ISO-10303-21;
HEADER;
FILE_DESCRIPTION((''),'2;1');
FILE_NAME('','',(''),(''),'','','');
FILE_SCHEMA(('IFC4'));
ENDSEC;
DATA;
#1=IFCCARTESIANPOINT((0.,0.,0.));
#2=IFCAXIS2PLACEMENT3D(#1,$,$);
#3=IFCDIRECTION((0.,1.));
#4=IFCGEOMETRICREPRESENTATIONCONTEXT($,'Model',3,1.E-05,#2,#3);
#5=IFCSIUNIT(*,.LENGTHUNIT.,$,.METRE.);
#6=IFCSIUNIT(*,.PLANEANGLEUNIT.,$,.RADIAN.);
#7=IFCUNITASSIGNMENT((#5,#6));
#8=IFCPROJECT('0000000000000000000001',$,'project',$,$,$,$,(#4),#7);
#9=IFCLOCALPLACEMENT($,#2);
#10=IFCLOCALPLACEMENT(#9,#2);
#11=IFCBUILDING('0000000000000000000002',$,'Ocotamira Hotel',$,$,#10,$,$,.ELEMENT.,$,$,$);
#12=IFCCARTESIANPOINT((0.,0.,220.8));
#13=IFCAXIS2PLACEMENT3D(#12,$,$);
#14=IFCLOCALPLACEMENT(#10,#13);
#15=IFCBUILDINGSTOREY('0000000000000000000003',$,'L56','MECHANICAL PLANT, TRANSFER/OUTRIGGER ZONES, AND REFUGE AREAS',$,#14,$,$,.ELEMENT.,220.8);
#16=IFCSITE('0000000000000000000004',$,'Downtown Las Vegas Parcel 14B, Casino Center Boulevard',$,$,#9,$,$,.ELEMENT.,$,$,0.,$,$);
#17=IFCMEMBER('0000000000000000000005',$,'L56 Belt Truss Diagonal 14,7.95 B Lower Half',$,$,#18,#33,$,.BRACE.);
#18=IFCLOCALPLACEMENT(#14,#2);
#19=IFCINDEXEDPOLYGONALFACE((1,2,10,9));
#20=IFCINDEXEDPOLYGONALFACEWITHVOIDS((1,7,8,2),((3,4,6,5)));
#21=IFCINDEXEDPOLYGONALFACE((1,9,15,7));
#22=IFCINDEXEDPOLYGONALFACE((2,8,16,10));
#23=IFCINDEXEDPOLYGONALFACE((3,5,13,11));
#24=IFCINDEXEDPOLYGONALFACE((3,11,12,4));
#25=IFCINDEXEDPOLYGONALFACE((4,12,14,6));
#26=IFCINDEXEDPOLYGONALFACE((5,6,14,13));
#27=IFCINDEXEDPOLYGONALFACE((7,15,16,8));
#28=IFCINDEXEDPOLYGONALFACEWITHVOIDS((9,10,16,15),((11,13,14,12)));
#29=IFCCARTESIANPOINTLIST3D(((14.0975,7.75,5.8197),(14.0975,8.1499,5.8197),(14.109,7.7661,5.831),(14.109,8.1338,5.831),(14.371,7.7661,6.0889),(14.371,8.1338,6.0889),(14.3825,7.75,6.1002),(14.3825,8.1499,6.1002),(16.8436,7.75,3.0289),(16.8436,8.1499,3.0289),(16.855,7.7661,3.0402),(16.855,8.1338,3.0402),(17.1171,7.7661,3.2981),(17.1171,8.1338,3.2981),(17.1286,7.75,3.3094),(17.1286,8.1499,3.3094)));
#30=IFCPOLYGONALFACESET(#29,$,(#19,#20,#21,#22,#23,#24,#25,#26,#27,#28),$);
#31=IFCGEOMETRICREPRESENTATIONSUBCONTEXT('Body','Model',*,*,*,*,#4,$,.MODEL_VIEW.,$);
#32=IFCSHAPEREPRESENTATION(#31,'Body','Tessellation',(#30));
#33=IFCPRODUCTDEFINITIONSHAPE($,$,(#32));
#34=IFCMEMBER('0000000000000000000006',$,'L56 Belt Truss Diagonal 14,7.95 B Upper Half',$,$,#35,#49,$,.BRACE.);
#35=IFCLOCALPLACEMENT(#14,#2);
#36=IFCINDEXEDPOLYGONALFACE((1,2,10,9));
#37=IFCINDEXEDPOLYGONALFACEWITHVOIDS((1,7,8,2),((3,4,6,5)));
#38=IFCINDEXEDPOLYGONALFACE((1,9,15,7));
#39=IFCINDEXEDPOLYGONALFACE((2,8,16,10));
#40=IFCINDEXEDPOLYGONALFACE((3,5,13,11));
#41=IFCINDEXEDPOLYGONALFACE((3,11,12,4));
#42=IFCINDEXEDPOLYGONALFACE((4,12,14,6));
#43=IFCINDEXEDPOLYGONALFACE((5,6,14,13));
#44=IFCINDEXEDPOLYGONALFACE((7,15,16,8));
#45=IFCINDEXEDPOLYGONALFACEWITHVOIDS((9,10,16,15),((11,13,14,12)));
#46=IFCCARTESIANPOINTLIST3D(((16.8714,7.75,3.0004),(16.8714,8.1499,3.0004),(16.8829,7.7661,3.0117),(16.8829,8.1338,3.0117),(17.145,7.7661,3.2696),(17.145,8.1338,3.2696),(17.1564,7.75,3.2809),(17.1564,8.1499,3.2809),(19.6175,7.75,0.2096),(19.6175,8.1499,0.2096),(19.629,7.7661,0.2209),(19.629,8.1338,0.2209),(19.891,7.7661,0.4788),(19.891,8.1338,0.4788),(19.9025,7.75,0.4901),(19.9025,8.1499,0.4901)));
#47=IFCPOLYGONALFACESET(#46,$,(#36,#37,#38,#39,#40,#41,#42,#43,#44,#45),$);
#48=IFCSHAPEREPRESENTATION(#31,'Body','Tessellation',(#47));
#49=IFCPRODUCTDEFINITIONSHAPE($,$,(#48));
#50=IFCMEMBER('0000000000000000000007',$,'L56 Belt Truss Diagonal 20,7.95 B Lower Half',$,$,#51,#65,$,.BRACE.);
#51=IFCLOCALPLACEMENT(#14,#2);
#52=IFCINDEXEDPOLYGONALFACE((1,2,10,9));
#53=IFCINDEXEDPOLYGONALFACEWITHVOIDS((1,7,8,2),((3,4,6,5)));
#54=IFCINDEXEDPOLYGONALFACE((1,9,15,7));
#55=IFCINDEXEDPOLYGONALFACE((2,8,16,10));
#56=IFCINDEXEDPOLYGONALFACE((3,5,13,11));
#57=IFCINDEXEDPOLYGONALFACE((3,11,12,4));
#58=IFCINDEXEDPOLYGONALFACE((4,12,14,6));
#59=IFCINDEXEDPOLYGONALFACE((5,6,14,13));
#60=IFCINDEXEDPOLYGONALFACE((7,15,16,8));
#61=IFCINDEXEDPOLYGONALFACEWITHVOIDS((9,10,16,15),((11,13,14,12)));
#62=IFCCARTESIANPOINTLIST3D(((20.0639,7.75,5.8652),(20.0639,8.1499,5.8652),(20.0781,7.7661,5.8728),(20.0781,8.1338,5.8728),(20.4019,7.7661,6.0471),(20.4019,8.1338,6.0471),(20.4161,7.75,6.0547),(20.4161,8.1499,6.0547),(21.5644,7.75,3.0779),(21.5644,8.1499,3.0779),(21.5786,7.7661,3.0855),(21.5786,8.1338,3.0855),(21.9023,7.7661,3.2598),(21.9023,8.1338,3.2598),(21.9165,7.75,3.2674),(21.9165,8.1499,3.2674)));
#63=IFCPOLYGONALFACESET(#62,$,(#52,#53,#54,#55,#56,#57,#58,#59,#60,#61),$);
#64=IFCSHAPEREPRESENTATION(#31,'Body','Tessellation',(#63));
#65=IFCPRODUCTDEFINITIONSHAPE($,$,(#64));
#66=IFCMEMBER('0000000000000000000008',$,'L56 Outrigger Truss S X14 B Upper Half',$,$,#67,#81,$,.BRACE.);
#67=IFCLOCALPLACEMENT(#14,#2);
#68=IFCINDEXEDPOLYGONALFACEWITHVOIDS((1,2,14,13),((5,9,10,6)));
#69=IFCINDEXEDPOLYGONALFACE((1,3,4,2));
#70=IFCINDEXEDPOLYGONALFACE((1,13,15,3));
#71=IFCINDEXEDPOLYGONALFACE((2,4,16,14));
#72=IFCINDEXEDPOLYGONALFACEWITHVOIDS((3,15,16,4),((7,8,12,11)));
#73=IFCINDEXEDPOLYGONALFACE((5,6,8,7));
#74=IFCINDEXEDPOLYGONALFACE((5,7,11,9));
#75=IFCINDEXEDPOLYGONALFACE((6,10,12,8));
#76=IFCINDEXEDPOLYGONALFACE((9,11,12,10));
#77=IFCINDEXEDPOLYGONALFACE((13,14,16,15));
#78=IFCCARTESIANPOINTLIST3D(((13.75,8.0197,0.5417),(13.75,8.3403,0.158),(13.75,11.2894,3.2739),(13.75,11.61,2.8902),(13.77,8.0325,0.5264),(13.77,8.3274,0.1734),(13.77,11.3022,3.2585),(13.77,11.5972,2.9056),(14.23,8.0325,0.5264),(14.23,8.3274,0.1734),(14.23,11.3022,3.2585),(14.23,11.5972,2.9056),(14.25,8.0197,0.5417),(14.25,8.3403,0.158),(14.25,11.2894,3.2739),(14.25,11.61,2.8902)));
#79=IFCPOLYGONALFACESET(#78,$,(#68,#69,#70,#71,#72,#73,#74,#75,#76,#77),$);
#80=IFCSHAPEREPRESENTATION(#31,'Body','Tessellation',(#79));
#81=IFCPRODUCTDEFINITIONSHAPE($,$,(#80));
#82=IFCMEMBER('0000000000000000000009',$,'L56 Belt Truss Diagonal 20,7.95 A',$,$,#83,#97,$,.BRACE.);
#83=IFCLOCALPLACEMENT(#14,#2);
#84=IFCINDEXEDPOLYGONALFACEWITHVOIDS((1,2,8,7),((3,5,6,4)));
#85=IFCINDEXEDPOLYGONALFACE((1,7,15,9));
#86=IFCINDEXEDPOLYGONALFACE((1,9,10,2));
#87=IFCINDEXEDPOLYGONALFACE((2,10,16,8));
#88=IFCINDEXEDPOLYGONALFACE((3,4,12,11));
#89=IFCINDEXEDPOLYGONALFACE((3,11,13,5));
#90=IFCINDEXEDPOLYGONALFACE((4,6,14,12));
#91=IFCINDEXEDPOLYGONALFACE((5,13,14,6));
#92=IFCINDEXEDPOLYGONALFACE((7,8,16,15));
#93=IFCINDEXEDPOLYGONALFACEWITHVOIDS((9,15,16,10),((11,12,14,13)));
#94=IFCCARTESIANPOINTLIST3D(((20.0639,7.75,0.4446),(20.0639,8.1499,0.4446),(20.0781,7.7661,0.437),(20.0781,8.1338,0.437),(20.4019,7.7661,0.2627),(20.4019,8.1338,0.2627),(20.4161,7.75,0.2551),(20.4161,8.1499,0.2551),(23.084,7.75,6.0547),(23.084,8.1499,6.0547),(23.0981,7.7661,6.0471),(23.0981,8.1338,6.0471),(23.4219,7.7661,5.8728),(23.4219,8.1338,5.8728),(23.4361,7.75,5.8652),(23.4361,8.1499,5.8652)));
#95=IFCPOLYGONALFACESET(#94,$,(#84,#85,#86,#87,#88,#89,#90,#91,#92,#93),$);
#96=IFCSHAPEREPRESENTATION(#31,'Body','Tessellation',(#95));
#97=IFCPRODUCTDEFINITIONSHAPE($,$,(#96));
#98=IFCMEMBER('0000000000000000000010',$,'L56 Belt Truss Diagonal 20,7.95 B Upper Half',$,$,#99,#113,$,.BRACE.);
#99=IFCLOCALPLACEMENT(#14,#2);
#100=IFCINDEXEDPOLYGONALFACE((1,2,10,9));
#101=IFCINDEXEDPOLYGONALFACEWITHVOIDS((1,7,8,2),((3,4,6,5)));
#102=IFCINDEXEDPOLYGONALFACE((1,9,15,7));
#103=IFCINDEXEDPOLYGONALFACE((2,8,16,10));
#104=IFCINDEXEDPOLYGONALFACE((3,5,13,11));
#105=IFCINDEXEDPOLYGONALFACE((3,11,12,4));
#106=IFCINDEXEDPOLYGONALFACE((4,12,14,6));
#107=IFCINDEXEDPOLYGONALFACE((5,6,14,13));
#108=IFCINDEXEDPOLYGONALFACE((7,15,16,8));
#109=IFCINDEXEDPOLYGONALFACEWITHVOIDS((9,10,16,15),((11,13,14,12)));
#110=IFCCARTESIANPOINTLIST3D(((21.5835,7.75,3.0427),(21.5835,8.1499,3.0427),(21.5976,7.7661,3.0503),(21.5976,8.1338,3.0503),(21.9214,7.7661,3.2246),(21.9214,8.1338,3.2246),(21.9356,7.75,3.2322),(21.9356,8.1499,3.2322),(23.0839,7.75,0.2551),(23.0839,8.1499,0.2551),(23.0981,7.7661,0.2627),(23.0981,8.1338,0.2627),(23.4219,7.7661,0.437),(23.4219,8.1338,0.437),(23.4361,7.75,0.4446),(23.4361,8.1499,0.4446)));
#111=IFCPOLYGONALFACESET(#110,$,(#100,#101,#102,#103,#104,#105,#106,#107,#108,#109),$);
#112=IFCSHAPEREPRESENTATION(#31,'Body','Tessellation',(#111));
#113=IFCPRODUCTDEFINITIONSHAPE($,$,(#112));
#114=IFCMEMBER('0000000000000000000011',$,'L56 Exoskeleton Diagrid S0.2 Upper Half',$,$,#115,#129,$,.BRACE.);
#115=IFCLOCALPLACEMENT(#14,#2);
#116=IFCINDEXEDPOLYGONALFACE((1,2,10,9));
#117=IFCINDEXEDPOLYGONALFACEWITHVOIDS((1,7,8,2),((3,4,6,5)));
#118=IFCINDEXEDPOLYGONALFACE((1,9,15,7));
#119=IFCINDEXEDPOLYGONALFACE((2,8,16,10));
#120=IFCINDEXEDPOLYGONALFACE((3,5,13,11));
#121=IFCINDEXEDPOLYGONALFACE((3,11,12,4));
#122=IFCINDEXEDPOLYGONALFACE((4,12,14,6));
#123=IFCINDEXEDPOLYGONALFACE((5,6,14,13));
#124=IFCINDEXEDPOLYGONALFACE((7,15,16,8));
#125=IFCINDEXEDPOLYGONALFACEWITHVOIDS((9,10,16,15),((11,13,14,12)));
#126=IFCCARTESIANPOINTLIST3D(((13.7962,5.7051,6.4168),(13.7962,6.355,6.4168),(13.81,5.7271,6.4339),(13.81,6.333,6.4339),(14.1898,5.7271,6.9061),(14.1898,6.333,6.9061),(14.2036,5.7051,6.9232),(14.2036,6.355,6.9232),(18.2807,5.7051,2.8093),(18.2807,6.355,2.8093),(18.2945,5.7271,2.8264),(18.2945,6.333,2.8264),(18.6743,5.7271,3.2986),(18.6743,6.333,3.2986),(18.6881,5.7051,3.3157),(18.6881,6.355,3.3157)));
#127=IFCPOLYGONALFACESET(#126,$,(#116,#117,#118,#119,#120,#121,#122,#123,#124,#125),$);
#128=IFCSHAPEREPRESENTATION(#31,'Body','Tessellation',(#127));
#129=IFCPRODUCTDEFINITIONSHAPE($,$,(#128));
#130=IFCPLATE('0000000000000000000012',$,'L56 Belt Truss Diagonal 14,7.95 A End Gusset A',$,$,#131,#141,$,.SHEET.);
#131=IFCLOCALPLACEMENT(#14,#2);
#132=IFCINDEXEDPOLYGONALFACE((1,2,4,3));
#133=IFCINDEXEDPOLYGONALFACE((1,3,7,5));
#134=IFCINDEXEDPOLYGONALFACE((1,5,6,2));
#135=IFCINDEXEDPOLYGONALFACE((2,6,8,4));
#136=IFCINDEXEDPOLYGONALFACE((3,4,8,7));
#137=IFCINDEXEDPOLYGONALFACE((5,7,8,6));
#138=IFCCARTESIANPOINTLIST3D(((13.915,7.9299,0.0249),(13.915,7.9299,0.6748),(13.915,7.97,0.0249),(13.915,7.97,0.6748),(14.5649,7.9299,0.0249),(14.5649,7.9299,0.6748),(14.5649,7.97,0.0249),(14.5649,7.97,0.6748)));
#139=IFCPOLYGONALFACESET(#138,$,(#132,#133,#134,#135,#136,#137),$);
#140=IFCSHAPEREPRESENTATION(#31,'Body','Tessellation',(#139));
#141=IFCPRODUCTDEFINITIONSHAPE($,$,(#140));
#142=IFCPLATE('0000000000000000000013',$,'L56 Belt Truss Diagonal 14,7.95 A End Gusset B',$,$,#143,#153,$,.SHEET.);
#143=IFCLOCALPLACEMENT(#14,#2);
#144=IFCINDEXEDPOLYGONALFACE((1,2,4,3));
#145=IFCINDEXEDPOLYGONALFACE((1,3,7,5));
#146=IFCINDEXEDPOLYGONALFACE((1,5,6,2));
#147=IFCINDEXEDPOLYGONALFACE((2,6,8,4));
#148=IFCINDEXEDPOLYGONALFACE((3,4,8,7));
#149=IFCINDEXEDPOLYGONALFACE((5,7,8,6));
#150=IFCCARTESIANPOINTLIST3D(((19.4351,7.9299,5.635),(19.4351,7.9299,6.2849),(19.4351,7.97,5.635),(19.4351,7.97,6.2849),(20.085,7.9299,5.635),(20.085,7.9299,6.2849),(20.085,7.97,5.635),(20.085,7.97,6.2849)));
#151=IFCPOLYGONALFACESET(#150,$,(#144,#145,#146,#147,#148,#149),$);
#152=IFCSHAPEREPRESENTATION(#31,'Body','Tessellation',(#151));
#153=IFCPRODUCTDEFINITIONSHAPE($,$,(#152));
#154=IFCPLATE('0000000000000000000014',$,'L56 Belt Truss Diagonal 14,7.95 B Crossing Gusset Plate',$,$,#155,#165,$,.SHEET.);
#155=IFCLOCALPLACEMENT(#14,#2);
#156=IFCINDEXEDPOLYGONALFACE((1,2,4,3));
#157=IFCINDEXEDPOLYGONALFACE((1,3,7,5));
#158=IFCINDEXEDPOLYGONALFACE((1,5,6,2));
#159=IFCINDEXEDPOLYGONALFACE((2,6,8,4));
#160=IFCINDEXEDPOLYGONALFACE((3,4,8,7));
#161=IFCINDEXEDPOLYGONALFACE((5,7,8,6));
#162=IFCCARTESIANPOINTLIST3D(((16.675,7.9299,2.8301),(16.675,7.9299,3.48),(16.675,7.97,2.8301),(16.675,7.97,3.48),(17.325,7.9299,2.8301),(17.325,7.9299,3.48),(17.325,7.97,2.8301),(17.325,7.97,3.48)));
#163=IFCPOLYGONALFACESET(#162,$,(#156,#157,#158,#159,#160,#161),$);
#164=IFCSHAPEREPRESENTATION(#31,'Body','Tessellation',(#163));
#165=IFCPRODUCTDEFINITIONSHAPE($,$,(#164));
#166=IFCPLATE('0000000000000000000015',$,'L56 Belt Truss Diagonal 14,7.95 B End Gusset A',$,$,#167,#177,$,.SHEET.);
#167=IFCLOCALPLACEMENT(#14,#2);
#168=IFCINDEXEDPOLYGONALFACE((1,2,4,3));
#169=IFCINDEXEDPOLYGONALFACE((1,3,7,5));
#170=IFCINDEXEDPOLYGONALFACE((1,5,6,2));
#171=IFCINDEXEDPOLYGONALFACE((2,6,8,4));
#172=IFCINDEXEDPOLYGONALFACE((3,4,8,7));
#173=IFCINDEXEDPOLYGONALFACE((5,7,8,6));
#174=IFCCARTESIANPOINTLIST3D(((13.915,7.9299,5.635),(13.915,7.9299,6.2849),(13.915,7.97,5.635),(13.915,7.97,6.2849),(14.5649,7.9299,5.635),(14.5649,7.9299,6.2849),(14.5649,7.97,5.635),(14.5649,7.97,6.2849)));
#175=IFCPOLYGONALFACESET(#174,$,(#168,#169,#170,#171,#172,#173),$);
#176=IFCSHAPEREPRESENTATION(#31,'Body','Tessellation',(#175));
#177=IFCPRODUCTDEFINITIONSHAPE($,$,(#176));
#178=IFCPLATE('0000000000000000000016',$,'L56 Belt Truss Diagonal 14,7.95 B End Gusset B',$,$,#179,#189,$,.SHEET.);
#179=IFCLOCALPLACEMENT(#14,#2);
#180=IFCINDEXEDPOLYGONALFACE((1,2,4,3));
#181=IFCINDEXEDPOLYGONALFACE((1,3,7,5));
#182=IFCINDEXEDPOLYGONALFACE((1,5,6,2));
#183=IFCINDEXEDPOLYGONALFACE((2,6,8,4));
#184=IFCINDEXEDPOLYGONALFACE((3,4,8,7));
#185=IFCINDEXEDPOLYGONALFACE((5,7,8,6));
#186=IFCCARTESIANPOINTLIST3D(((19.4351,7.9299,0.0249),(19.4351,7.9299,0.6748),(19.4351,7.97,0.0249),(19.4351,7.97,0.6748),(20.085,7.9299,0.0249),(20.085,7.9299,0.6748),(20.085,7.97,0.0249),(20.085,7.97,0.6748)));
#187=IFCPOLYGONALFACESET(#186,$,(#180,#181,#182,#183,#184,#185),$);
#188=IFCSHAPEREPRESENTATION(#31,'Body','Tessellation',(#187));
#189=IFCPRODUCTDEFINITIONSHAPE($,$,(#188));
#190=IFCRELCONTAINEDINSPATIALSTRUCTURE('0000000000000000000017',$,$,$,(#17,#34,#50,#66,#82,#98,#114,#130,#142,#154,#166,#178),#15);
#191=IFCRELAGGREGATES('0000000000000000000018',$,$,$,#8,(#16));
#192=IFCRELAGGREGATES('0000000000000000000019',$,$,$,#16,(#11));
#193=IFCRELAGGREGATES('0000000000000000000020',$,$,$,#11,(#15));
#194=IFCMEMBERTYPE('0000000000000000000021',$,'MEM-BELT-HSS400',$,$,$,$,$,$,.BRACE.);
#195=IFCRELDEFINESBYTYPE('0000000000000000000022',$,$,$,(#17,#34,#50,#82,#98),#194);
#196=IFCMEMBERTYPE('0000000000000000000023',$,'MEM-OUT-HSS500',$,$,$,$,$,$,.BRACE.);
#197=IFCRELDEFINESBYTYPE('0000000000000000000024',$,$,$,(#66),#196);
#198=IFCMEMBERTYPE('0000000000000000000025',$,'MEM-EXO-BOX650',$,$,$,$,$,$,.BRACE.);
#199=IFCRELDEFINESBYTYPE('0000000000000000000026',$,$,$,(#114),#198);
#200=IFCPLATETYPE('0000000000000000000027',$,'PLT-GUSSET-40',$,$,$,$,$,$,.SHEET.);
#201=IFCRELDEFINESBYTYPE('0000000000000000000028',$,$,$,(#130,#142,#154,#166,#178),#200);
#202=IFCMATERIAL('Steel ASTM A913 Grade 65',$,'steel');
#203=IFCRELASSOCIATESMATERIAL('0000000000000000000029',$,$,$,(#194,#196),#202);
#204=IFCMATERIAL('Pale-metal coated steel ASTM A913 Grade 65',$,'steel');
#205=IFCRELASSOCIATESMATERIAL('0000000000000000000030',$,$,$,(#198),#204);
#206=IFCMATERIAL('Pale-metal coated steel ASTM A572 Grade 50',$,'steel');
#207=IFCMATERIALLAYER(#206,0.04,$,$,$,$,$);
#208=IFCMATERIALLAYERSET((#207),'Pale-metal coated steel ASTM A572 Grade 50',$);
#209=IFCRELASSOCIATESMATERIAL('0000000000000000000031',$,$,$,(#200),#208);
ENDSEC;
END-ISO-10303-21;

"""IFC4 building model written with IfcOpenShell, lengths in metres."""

from ifc_helpers import new_model, si_unit, direction, frame, origin, origin_2d, place, context, subcontext, project, spatial, rectangle, hollow_rectangle, extrude, source, transform, mapped, material, layer, layer_set, material_profile, profile_set, type_object, element, save


model = new_model("IFC4")

# Units and contexts
model_context = context("Model", 3, precision=1e-05, world=origin(), true_north=direction((0.0, 1.0)))
body_context = subcontext(model_context, "Body", "Model", "MODEL_VIEW")
ifc_project = project(units=[si_unit("LENGTHUNIT", "METRE"), si_unit("PLANEANGLEUNIT", "RADIAN")], contexts=[model_context])

# Site, building, storey
site_placement = place(None, origin())
site = spatial("IfcSite", under=ifc_project, at=site_placement, Name="Downtown Las Vegas Parcel 14B, Casino Center Boulevard", CompositionType="ELEMENT", RefElevation=0.0)
building_placement = place(site_placement, origin())
building = spatial("IfcBuilding", under=site, at=building_placement, Name="Ocotamira Hotel", CompositionType="ELEMENT")
storey_placement = place(building_placement, frame((0.0, 0.0, 220.8)))
storey = spatial("IfcBuildingStorey", under=building, at=storey_placement, Name="L56", Description="MECHANICAL PLANT, TRANSFER/OUTRIGGER ZONES, AND REFUGE AREAS", CompositionType="ELEMENT", Elevation=220.8)

# Shared definitions
ifc_material_1 = material(Name="Steel ASTM A913 Grade 65", Category="steel")

# Members
ifc_material_profile_1 = material_profile(ifc_material_1, hollow_rectangle(XDim=0.3999, YDim=0.3999, WallThickness=0.0161, at=origin_2d()), Name="HSS400X400X16")
ifc_profile_set_1 = profile_set([ifc_material_profile_1], Name="Steel ASTM A913 Grade 65")
member_type_1 = type_object("IfcMemberType", Name="MEM-BELT-HSS400", PredefinedType="BRACE", material=ifc_profile_set_1)
shared_shape_1 = source(origin(), body_context, "Body", "SweptSolid", [
    extrude(hollow_rectangle(XDim=0.3999, YDim=0.3999, WallThickness=0.0161, at=origin_2d()), origin(), (0.0, 0.0, 1.0), 3.9153),
])
for number, where, z_axis, x_axis, name in (
    (1, (14.24, 7.95, 5.96), (0.701378, 0.0, -0.712789), (0.0, 1.0, 0.0), "L56 Belt Truss Diagonal 14,7.95 B Lower Half"),
    (2, (17.0139, 7.95, 3.1406), (0.701378, 0.0, -0.712789), (0.0, 1.0, 0.0), "L56 Belt Truss Diagonal 14,7.95 B Upper Half"),
):
    element("IfcMember", number, at=place(storey_placement, frame(where, z_axis=z_axis, x_axis=x_axis)), inside=storey, type_object=member_type_1, Name=name, PredefinedType="BRACE", context=body_context, shape_type="MappedRepresentation", body=[
        mapped(shared_shape_1, transform((0.0, 0.0, 0.0), scale=1.0)),
    ])
shared_shape_2 = source(origin(), body_context, "Body", "SweptSolid", [
    extrude(hollow_rectangle(XDim=0.3999, YDim=0.3999, WallThickness=0.0161, at=origin_2d()), origin(), (0.0, 0.0, 1.0), 3.1655),
])
member_1_placement = place(storey_placement, frame((20.24, 7.95, 5.96), z_axis=(0.474003, 0.0, -0.880523), x_axis=(0.0, 1.0, 0.0)))
element("IfcMember", 3, at=member_1_placement, inside=storey, type_object=member_type_1, Name="L56 Belt Truss Diagonal 20,7.95 B Lower Half", PredefinedType="BRACE", context=body_context, shape_type="MappedRepresentation", body=[
    mapped(shared_shape_2, transform((0.0, 0.0, 0.0), scale=1.0)),
])
ifc_material_profile_2 = material_profile(ifc_material_1, hollow_rectangle(XDim=0.5, YDim=0.5, WallThickness=0.02, at=origin_2d()), Name="HSS500X500X20")
ifc_profile_set_2 = profile_set([ifc_material_profile_2], Name="Steel ASTM A913 Grade 65")
member_type_2 = type_object("IfcMemberType", Name="MEM-OUT-HSS500", PredefinedType="BRACE", material=ifc_profile_set_2)
shared_shape_3 = source(origin(), body_context, "Body", "SweptSolid", [
    extrude(hollow_rectangle(XDim=0.5, YDim=0.5, WallThickness=0.02, at=origin_2d()), origin(), (0.0, 0.0, 1.0), 4.261),
])
member_2_placement = place(storey_placement, frame((14.0, 11.4497, 3.082), z_axis=(0.0, -0.767371, -0.641204), x_axis=(1.0, 0.0, 0.0)))
element("IfcMember", 4, at=member_2_placement, inside=storey, type_object=member_type_2, Name="L56 Outrigger Truss S X14 B Upper Half", PredefinedType="BRACE", context=body_context, shape_type="MappedRepresentation", body=[
    mapped(shared_shape_3, transform((0.0, 0.0, 0.0), scale=1.0)),
])
shared_shape_4 = source(origin(), body_context, "Body", "SweptSolid", [
    extrude(hollow_rectangle(XDim=0.3999, YDim=0.3999, WallThickness=0.0161, at=origin_2d()), origin(), (0.0, 0.0, 1.0), 6.3713),
])
member_3_placement = place(storey_placement, frame((20.24, 7.95, 0.3499), z_axis=(0.474002, 0.0, 0.880524), x_axis=(0.0, 1.0, 0.0)))
element("IfcMember", 5, at=member_3_placement, inside=storey, type_object=member_type_1, Name="L56 Belt Truss Diagonal 20,7.95 A", PredefinedType="BRACE", context=body_context, shape_type="MappedRepresentation", body=[
    mapped(shared_shape_4, transform((0.0, 0.0, 0.0), scale=1.0)),
])
shared_shape_5 = source(origin(), body_context, "Body", "SweptSolid", [
    extrude(hollow_rectangle(XDim=0.3999, YDim=0.3999, WallThickness=0.0161, at=origin_2d()), origin(), (0.0, 0.0, 1.0), 3.1658),
])
member_4_placement = place(storey_placement, frame((21.7595, 7.95, 3.1375), z_axis=(0.473971, 0.0, -0.88054), x_axis=(0.0, 1.0, 0.0)))
element("IfcMember", 6, at=member_4_placement, inside=storey, type_object=member_type_1, Name="L56 Belt Truss Diagonal 20,7.95 B Upper Half", PredefinedType="BRACE", context=body_context, shape_type="MappedRepresentation", body=[
    mapped(shared_shape_5, transform((0.0, 0.0, 0.0), scale=1.0)),
])
ifc_material_2 = material(Name="Pale-metal coated steel ASTM A913 Grade 65", Category="steel")
ifc_material_profile_3 = material_profile(ifc_material_2, hollow_rectangle(XDim=0.6499, YDim=0.6499, WallThickness=0.022, at=origin_2d()), Name="BOX650X650X22")
ifc_profile_set_3 = profile_set([ifc_material_profile_3], Name="Pale-metal coated steel ASTM A913 Grade 65")
member_type_3 = type_object("IfcMemberType", Name="MEM-EXO-BOX650", PredefinedType="BRACE", material=ifc_profile_set_3)
shared_shape_6 = source(origin(), body_context, "Body", "SweptSolid", [
    extrude(hollow_rectangle(XDim=0.6499, YDim=0.6499, WallThickness=0.022, at=origin_2d()), origin(), (0.0, 0.0, 1.0), 5.7554),
])
member_5_placement = place(storey_placement, frame((18.4844, 6.03, 3.0625), z_axis=(-0.779177, 0.0, 0.626803), x_axis=(0.0, -1.0, 0.0)))
element("IfcMember", 7, at=member_5_placement, inside=storey, type_object=member_type_3, Name="L56 Exoskeleton Diagrid S0.2 Upper Half", PredefinedType="BRACE", context=body_context, shape_type="MappedRepresentation", body=[
    mapped(shared_shape_6, transform((0.0, 0.0, 0.0), scale=1.0)),
])

# Plates
ifc_material_3 = material(Name="Pale-metal coated steel ASTM A572 Grade 50", Category="steel")
ifc_layer_1 = layer(ifc_material_3, 0.04)
ifc_layer_set_1 = layer_set([ifc_layer_1], Name="Pale-metal coated steel ASTM A572 Grade 50")
plate_type = type_object("IfcPlateType", Name="PLT-GUSSET-40", PredefinedType="SHEET", material=ifc_layer_set_1)
shared_shape_7 = source(origin(), body_context, "Body", "SweptSolid", [
    extrude(rectangle(XDim=0.6499, YDim=0.04, at=origin_2d()), origin(), (0.0, 0.0, 1.0), 0.6499),
])
for number, where, z_axis, x_axis, name in (
    (8, (14.24, 7.95, 0.0249), (0.0, 0.0, 1.0), (1.0, 0.0, 0.0), "L56 Belt Truss Diagonal 14,7.95 A End Gusset A"),
    (9, (19.76, 7.95, 5.635), (0.0, 0.0, 1.0), (1.0, 0.0, 0.0), "L56 Belt Truss Diagonal 14,7.95 A End Gusset B"),
    (10, (17.0, 7.95, 2.8301), (0.0, 0.0, 1.0), (1.0, 0.0, 0.0), "L56 Belt Truss Diagonal 14,7.95 B Crossing Gusset Plate"),
    (11, (14.24, 7.95, 5.635), (0.0, 0.0, 1.0), (1.0, 0.0, 0.0), "L56 Belt Truss Diagonal 14,7.95 B End Gusset A"),
    (12, (19.76, 7.95, 0.0249), (0.0, 0.0, 1.0), (1.0, 0.0, 0.0), "L56 Belt Truss Diagonal 14,7.95 B End Gusset B"),
):
    element("IfcPlate", number, at=place(storey_placement, frame(where, z_axis=z_axis, x_axis=x_axis)), inside=storey, type_object=plate_type, Name=name, PredefinedType="SHEET", context=body_context, shape_type="MappedRepresentation", body=[
        mapped(shared_shape_7, transform((0.0, 0.0, 0.0), scale=1.0)),
    ])

save(model, "model.ifc")
